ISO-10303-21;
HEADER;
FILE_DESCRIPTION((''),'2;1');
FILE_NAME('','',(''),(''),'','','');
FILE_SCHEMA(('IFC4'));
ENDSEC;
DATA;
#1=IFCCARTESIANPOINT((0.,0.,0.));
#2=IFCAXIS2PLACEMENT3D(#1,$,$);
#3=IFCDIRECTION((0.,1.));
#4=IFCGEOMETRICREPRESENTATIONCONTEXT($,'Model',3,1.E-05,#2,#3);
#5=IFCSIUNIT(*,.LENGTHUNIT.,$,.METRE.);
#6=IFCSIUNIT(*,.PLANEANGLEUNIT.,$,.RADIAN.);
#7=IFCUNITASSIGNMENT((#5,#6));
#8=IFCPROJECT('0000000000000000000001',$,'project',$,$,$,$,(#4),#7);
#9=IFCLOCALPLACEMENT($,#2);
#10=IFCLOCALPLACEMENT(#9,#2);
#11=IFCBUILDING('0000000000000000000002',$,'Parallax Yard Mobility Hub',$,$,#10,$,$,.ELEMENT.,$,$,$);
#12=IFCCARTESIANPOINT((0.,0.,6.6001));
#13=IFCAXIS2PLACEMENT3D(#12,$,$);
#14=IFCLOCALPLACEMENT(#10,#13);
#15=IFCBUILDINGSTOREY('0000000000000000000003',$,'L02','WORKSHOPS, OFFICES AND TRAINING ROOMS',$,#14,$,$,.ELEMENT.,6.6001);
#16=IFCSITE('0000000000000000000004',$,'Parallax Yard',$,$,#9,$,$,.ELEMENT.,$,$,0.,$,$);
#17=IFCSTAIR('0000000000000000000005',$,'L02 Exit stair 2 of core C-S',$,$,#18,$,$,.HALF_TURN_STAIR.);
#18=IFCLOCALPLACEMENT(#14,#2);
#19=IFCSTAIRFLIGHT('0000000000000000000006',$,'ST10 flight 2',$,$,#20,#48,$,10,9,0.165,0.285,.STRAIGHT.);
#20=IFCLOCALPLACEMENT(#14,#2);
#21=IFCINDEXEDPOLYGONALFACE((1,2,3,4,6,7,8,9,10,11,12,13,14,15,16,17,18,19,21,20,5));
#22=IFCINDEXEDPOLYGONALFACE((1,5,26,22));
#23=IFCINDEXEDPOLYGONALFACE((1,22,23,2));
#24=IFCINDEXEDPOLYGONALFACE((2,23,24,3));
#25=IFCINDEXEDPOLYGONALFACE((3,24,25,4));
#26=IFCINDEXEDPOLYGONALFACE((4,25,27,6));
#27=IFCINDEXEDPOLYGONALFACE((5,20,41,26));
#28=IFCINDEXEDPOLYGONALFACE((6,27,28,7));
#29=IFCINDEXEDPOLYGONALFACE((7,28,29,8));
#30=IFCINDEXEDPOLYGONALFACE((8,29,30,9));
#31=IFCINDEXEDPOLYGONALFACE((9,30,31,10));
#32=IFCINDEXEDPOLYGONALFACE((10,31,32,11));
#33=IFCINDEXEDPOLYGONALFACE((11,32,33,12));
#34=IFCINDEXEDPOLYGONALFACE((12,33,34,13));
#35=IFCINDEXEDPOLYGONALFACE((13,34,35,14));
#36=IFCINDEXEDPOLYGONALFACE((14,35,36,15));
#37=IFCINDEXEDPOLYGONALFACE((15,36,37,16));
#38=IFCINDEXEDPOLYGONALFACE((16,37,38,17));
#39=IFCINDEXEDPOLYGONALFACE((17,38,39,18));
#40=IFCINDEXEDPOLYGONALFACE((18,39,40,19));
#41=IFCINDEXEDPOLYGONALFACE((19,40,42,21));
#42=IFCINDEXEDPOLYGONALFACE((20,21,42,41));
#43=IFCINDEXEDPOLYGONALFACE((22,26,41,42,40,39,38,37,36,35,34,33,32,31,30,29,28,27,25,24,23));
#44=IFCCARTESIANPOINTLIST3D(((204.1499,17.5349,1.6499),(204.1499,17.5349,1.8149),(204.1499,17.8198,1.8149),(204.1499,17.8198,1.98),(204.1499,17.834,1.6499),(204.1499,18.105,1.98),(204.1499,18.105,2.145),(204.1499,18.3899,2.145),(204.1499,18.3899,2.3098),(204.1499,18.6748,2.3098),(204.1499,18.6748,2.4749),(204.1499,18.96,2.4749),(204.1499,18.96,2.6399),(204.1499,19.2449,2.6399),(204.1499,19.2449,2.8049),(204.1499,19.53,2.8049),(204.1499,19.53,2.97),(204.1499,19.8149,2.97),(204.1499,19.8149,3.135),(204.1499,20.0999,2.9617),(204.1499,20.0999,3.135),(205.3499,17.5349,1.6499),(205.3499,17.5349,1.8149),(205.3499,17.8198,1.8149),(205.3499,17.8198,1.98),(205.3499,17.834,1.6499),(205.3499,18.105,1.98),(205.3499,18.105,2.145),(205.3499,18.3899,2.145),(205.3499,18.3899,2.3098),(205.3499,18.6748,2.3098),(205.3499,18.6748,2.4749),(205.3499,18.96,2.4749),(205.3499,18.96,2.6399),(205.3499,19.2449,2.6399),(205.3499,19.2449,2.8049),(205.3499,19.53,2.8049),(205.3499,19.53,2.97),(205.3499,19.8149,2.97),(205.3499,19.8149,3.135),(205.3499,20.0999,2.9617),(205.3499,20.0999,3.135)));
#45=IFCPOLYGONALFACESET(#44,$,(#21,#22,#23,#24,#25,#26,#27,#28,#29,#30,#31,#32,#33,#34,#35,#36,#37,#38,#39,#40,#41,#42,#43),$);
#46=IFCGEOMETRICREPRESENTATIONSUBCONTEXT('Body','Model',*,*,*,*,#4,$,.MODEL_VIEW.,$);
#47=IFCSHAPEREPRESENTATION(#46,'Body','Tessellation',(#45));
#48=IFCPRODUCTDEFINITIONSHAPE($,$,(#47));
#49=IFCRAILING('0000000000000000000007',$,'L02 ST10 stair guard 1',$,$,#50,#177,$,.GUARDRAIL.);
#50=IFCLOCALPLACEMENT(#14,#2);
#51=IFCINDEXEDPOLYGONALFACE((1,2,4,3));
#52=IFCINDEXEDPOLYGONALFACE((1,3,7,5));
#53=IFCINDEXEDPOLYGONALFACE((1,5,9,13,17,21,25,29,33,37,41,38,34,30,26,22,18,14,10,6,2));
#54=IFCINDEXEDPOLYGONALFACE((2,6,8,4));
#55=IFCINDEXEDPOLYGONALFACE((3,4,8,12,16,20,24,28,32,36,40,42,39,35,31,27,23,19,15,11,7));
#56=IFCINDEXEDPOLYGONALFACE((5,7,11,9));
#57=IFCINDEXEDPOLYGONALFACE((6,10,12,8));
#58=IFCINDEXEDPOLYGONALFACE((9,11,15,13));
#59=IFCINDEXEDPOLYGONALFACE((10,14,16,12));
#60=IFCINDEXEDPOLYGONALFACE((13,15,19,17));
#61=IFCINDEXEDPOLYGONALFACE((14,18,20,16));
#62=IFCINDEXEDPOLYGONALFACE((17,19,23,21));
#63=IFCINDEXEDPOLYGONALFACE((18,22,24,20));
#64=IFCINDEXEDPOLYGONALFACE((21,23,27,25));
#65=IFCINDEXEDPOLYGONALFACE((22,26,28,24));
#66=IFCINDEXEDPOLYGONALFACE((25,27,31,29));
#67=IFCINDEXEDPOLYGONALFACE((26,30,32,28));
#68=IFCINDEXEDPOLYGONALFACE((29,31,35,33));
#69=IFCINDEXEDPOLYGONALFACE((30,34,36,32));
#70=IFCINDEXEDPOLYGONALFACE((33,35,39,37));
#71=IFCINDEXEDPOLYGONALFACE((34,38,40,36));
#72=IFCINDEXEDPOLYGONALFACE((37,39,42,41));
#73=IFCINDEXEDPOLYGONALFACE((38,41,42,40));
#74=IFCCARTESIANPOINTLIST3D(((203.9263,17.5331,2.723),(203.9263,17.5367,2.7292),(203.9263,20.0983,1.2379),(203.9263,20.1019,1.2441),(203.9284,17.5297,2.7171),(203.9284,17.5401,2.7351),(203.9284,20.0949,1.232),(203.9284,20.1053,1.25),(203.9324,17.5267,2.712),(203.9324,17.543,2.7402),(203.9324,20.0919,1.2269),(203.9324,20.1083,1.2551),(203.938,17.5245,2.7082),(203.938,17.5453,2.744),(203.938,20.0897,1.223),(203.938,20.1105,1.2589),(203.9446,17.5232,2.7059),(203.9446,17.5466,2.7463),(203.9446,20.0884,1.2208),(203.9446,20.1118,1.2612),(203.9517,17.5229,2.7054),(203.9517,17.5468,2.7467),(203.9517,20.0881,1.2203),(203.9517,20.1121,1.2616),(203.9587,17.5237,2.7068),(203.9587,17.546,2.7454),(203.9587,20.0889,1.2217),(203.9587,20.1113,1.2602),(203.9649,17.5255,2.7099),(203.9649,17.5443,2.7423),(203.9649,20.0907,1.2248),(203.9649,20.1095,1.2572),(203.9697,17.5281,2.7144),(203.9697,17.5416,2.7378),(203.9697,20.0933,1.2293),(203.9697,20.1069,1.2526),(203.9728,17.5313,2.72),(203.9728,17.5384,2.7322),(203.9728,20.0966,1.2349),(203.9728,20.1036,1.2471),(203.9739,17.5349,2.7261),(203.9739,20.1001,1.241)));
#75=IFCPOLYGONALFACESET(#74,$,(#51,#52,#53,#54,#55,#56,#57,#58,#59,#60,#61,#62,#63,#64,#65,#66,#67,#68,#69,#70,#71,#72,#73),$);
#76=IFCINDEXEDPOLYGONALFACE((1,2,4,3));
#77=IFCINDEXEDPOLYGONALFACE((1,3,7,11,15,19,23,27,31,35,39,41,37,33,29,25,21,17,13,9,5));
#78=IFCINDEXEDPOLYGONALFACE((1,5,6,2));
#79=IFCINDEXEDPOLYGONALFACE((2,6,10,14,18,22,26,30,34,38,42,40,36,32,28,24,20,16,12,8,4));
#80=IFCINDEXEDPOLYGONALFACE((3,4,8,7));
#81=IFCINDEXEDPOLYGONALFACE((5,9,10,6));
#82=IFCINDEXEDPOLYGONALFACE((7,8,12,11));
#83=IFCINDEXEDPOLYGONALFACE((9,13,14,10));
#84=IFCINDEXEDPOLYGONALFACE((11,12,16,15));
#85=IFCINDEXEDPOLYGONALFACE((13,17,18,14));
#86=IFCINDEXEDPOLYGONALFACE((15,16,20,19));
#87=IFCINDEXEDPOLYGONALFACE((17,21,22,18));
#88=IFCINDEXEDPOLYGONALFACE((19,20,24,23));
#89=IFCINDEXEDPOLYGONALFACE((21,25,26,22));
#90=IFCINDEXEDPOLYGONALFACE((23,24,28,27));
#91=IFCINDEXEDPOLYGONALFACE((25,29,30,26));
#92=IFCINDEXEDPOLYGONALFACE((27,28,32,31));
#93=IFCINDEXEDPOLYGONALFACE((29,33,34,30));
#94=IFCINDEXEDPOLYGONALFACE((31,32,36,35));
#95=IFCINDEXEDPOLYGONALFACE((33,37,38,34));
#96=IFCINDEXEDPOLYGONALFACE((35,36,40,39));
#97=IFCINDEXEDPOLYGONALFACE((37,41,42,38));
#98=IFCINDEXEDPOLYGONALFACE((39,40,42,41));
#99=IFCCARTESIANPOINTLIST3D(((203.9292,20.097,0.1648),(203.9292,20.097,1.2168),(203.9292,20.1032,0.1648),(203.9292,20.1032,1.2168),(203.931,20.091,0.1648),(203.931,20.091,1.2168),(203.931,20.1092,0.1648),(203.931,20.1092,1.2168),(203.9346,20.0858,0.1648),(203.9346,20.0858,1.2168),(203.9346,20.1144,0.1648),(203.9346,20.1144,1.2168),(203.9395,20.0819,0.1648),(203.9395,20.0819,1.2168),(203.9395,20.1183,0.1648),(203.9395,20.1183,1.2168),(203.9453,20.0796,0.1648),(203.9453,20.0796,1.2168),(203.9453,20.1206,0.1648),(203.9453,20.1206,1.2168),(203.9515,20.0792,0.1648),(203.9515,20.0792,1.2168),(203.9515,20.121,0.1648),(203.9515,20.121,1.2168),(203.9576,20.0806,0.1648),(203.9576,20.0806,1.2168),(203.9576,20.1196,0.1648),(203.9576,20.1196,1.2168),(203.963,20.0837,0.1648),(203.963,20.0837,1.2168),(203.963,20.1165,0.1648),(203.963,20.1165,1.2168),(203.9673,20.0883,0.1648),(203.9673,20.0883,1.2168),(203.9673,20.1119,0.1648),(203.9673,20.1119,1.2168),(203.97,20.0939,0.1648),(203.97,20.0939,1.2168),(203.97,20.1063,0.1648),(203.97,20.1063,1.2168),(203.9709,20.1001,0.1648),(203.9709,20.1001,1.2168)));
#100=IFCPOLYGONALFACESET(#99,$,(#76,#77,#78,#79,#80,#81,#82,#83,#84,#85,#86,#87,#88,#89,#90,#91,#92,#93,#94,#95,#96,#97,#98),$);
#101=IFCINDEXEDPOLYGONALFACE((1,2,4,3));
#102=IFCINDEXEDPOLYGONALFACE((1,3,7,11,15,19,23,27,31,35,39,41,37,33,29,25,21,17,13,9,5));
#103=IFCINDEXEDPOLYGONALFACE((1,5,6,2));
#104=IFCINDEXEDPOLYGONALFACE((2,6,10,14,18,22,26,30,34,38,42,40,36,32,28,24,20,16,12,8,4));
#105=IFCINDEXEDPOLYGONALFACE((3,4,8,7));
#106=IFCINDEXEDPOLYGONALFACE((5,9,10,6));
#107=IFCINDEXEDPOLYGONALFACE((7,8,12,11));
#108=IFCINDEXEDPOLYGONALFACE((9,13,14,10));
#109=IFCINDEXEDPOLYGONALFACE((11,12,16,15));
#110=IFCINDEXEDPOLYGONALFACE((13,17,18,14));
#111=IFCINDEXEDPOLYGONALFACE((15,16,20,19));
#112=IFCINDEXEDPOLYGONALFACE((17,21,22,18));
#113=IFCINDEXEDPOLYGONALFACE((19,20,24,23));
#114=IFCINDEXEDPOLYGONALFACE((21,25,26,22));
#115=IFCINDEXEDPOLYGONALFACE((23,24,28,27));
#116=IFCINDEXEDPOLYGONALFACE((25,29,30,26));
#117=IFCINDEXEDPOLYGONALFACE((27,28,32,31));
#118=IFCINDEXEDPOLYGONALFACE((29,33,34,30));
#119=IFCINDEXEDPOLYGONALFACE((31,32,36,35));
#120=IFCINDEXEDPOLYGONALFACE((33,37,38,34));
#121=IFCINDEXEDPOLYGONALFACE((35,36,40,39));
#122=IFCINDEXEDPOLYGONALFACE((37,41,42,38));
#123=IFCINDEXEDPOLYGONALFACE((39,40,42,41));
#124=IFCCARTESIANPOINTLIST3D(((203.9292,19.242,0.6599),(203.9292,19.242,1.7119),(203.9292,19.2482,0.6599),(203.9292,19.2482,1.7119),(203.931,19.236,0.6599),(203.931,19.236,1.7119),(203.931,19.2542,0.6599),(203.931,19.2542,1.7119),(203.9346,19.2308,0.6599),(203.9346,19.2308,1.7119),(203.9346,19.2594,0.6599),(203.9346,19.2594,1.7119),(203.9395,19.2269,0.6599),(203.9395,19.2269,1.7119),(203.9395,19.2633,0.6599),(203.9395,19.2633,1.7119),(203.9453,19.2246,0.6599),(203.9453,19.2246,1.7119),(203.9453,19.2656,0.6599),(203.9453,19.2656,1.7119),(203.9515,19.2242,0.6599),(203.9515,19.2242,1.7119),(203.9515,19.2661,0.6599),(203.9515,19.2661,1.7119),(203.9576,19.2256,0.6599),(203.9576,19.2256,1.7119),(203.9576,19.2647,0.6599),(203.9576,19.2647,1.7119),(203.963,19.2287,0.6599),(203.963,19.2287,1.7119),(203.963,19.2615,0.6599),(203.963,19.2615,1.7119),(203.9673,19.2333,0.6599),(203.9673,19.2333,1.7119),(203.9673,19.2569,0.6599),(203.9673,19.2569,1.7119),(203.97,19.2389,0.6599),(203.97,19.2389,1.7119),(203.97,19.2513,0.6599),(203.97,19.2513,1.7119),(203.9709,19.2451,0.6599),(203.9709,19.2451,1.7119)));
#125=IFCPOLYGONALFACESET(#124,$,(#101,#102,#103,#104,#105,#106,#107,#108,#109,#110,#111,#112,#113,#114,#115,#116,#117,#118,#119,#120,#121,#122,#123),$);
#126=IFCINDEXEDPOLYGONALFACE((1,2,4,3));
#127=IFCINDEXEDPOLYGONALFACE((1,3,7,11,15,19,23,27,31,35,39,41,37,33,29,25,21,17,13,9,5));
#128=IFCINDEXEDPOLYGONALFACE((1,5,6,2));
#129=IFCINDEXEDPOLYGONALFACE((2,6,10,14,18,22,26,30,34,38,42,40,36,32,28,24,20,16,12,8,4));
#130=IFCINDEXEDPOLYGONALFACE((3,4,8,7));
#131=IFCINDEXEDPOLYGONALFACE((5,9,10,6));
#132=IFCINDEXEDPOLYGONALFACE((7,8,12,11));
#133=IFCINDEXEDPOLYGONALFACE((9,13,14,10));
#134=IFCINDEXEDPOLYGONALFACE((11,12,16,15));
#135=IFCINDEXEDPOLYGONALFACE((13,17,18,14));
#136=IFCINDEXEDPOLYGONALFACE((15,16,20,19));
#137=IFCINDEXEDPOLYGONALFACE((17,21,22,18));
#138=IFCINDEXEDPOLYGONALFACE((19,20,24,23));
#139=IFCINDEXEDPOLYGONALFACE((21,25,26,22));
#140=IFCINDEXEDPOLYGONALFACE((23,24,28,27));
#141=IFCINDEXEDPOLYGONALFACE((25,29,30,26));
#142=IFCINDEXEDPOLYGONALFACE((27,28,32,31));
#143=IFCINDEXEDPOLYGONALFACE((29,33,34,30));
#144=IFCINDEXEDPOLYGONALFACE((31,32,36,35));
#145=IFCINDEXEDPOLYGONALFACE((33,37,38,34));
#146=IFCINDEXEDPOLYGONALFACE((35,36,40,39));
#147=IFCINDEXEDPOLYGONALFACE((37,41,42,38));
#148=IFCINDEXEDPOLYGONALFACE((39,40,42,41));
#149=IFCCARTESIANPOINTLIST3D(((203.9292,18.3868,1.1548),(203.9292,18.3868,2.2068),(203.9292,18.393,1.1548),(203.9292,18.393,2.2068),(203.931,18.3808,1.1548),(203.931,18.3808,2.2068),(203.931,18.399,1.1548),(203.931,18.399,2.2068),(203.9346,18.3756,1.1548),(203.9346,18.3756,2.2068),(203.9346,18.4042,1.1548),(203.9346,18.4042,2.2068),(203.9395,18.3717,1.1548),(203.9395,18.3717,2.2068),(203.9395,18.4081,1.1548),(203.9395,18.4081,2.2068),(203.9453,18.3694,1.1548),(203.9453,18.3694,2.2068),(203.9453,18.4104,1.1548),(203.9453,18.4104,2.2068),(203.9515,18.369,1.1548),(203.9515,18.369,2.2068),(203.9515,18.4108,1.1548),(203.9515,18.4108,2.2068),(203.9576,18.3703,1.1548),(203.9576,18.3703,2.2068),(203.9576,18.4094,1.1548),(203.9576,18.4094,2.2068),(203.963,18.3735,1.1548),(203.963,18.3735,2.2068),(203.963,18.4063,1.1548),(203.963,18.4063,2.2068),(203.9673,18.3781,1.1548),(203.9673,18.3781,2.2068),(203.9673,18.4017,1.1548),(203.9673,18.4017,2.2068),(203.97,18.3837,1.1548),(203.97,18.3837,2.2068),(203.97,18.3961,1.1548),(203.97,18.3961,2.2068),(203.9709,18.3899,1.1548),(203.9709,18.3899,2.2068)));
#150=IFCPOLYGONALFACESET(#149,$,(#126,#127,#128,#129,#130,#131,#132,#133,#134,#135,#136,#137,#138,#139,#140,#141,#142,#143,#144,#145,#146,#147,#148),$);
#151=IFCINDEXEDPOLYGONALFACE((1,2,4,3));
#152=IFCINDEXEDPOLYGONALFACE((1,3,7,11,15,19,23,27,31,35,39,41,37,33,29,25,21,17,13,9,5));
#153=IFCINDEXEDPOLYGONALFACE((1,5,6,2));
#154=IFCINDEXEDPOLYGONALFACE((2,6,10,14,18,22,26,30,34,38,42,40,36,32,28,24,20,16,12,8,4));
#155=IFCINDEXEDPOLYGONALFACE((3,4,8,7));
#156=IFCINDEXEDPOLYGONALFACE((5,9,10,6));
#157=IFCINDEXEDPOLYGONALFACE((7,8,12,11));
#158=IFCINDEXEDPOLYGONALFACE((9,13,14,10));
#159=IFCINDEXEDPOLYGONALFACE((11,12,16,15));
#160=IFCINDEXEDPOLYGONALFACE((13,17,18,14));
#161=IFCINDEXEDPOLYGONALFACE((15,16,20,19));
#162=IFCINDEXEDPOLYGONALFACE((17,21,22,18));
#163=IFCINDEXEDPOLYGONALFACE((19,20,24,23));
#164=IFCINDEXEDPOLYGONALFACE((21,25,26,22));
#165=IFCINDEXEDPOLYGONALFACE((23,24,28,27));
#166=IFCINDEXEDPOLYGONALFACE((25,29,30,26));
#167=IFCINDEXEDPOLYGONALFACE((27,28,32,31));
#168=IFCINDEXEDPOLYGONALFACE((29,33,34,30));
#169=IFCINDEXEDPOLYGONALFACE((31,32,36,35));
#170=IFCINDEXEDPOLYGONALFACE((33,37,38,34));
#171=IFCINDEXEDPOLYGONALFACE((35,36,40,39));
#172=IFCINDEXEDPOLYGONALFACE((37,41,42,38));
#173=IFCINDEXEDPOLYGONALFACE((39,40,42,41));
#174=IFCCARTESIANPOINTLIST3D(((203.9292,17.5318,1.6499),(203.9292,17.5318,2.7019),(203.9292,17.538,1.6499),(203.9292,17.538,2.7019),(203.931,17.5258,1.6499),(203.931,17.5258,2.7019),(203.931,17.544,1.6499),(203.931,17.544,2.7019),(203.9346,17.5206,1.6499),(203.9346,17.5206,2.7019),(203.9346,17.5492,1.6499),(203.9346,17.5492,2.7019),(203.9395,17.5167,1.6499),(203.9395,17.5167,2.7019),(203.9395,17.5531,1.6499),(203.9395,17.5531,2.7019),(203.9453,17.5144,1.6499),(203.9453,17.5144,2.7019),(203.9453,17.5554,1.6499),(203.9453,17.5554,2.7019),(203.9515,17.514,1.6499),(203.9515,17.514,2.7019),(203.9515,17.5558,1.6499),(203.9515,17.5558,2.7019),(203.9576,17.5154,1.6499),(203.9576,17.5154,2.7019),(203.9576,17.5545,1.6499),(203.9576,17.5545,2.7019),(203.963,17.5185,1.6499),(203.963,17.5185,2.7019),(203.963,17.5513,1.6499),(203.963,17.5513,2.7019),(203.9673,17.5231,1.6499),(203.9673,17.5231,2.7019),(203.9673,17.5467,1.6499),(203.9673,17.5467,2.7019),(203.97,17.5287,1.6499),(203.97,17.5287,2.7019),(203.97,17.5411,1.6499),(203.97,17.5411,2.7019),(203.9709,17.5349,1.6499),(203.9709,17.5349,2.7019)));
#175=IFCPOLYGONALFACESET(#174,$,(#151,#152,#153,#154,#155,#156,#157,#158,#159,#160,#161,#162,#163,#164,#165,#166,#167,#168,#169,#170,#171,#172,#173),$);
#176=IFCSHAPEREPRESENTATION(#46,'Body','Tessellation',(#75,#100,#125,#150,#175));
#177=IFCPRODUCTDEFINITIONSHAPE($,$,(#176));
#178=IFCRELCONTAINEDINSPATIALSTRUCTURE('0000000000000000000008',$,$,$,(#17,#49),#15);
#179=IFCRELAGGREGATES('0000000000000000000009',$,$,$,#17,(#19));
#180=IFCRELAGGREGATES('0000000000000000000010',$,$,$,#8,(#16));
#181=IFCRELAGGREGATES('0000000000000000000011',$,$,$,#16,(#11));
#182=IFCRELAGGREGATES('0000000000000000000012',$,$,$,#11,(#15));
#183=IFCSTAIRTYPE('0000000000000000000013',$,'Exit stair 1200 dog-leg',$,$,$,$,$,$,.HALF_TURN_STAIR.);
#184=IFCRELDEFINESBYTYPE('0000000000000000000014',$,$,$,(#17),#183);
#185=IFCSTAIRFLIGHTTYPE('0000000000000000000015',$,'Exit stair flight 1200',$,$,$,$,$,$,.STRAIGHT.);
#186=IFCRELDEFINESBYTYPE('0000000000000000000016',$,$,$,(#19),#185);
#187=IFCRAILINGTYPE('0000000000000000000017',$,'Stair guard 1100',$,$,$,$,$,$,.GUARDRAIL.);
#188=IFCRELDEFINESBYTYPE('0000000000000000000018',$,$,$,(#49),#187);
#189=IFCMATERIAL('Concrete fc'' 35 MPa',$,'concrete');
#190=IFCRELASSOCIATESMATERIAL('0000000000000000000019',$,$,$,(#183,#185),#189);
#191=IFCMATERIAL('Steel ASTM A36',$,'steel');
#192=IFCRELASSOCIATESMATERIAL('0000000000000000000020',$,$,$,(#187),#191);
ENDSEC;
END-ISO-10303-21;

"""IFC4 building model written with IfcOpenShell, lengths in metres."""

from ifc_helpers import new_model, si_unit, direction, frame, origin, origin_2d, place, context, subcontext, project, spatial, polyline, circle, outline, extrude, material, type_object, element, aggregate, save


model = new_model("IFC4")

# Units and contexts
model_context = context("Model", 3, precision=1e-05, world=origin(), true_north=direction((0.0, 1.0)))
body_context = subcontext(model_context, "Body", "Model", "MODEL_VIEW")
ifc_project = project(units=[si_unit("LENGTHUNIT", "METRE"), si_unit("PLANEANGLEUNIT", "RADIAN")], contexts=[model_context])

# Site, building, storey
site_placement = place(None, origin())
site = spatial("IfcSite", under=ifc_project, at=site_placement, Name="Parallax Yard", CompositionType="ELEMENT", RefElevation=0.0)
building_placement = place(site_placement, origin())
building = spatial("IfcBuilding", under=site, at=building_placement, Name="Parallax Yard Mobility Hub", CompositionType="ELEMENT")
storey_placement = place(building_placement, frame((0.0, 0.0, 6.6001)))
storey = spatial("IfcBuildingStorey", under=building, at=storey_placement, Name="L02", Description="WORKSHOPS, OFFICES AND TRAINING ROOMS", CompositionType="ELEMENT", Elevation=6.6001)

# Shared definitions
ifc_material_1 = material(Name="Concrete fc' 35 MPa", Category="concrete")

# Stair, stair flight
stair_type = type_object("IfcStairType", Name="Exit stair 1200 dog-leg", PredefinedType="HALF_TURN_STAIR", material=ifc_material_1)
stair_placement = place(storey_placement, origin())
stair = element("IfcStair", 1, at=stair_placement, inside=storey, type_object=stair_type, Name="L02 Exit stair 2 of core C-S", PredefinedType="HALF_TURN_STAIR")
stair_flight_type = type_object("IfcStairFlightType", Name="Exit stair flight 1200", PredefinedType="STRAIGHT", material=ifc_material_1)
stair_flight_1_placement = place(storey_placement, frame((204.75, 17.5349, 1.6499), z_axis=(0.0, 0.0, 1.0), x_axis=(0.0, 1.0, 0.0)))
stair_flight_1 = element("IfcStairFlight", 2, at=stair_flight_1_placement, type_object=stair_flight_type, Name="ST10 flight 2", NumberOfRisers=10, NumberOfTreads=9, PredefinedType="STRAIGHT", RiserHeight=0.165, TreadLength=0.285, context=body_context, shape_type="SweptSolid", body=[
    extrude(outline(polyline([(0.0, 0.0), (0.0, 0.165), (0.2849, 0.165), (0.2849, 0.3301), (0.5701, 0.3301), (0.5701, 0.4951), (0.855, 0.4951), (0.855, 0.6599), (1.1399, 0.6599), (1.1399, 0.825), (1.425, 0.825), (1.425, 0.99), (1.71, 0.99), (1.71, 1.155), (1.9951, 1.155), (1.9951, 1.3201), (2.28, 1.3201), (2.28, 1.4851), (2.5649, 1.4851), (2.5649, 1.6499), (2.5649, 1.3118), (0.2991, 0.0), (0.0, 0.0)])), frame((0.0, 0.6001, 0.0), z_axis=(0.0, -1.0, 0.0), x_axis=(1.0, 0.0, 0.0)), (0.0, 0.0, 1.0), 1.2),
])
aggregate(stair, [stair_flight_1])

# Railing
ifc_material_2 = material(Name="Steel ASTM A36", Category="steel")
railing_type_1 = type_object("IfcRailingType", Name="Stair guard 1100", PredefinedType="GUARDRAIL", material=ifc_material_2)
railing_1_placement = place(storey_placement, frame((203.95, 20.1001, 0.1648)))
element("IfcRailing", 3, at=railing_1_placement, inside=storey, type_object=railing_type_1, Name="L02 ST10 stair guard 1", PredefinedType="GUARDRAIL", context=body_context, shape_type="SweptSolid", body=[
    extrude(circle(Radius=0.0239, at=origin_2d()), frame((0.0, 0.0, 1.0762), z_axis=(0.0, -0.865426, 0.501036), x_axis=(1.0, 0.0, 0.0)), (0.0, 0.0, 1.0), 2.9641),
    extrude(circle(Radius=0.021, at=origin_2d()), origin(), (0.0, 0.0, 1.0), 1.052),
    extrude(circle(Radius=0.021, at=origin_2d()), frame((0.0, -0.855, 0.4951)), (0.0, 0.0, 1.0), 1.052),
    extrude(circle(Radius=0.021, at=origin_2d()), frame((0.0, -1.7102, 0.99)), (0.0, 0.0, 1.0), 1.052),
    extrude(circle(Radius=0.021, at=origin_2d()), frame((0.0, -2.5652, 1.4851)), (0.0, 0.0, 1.0), 1.052),
])

save(model, "model.ifc")
